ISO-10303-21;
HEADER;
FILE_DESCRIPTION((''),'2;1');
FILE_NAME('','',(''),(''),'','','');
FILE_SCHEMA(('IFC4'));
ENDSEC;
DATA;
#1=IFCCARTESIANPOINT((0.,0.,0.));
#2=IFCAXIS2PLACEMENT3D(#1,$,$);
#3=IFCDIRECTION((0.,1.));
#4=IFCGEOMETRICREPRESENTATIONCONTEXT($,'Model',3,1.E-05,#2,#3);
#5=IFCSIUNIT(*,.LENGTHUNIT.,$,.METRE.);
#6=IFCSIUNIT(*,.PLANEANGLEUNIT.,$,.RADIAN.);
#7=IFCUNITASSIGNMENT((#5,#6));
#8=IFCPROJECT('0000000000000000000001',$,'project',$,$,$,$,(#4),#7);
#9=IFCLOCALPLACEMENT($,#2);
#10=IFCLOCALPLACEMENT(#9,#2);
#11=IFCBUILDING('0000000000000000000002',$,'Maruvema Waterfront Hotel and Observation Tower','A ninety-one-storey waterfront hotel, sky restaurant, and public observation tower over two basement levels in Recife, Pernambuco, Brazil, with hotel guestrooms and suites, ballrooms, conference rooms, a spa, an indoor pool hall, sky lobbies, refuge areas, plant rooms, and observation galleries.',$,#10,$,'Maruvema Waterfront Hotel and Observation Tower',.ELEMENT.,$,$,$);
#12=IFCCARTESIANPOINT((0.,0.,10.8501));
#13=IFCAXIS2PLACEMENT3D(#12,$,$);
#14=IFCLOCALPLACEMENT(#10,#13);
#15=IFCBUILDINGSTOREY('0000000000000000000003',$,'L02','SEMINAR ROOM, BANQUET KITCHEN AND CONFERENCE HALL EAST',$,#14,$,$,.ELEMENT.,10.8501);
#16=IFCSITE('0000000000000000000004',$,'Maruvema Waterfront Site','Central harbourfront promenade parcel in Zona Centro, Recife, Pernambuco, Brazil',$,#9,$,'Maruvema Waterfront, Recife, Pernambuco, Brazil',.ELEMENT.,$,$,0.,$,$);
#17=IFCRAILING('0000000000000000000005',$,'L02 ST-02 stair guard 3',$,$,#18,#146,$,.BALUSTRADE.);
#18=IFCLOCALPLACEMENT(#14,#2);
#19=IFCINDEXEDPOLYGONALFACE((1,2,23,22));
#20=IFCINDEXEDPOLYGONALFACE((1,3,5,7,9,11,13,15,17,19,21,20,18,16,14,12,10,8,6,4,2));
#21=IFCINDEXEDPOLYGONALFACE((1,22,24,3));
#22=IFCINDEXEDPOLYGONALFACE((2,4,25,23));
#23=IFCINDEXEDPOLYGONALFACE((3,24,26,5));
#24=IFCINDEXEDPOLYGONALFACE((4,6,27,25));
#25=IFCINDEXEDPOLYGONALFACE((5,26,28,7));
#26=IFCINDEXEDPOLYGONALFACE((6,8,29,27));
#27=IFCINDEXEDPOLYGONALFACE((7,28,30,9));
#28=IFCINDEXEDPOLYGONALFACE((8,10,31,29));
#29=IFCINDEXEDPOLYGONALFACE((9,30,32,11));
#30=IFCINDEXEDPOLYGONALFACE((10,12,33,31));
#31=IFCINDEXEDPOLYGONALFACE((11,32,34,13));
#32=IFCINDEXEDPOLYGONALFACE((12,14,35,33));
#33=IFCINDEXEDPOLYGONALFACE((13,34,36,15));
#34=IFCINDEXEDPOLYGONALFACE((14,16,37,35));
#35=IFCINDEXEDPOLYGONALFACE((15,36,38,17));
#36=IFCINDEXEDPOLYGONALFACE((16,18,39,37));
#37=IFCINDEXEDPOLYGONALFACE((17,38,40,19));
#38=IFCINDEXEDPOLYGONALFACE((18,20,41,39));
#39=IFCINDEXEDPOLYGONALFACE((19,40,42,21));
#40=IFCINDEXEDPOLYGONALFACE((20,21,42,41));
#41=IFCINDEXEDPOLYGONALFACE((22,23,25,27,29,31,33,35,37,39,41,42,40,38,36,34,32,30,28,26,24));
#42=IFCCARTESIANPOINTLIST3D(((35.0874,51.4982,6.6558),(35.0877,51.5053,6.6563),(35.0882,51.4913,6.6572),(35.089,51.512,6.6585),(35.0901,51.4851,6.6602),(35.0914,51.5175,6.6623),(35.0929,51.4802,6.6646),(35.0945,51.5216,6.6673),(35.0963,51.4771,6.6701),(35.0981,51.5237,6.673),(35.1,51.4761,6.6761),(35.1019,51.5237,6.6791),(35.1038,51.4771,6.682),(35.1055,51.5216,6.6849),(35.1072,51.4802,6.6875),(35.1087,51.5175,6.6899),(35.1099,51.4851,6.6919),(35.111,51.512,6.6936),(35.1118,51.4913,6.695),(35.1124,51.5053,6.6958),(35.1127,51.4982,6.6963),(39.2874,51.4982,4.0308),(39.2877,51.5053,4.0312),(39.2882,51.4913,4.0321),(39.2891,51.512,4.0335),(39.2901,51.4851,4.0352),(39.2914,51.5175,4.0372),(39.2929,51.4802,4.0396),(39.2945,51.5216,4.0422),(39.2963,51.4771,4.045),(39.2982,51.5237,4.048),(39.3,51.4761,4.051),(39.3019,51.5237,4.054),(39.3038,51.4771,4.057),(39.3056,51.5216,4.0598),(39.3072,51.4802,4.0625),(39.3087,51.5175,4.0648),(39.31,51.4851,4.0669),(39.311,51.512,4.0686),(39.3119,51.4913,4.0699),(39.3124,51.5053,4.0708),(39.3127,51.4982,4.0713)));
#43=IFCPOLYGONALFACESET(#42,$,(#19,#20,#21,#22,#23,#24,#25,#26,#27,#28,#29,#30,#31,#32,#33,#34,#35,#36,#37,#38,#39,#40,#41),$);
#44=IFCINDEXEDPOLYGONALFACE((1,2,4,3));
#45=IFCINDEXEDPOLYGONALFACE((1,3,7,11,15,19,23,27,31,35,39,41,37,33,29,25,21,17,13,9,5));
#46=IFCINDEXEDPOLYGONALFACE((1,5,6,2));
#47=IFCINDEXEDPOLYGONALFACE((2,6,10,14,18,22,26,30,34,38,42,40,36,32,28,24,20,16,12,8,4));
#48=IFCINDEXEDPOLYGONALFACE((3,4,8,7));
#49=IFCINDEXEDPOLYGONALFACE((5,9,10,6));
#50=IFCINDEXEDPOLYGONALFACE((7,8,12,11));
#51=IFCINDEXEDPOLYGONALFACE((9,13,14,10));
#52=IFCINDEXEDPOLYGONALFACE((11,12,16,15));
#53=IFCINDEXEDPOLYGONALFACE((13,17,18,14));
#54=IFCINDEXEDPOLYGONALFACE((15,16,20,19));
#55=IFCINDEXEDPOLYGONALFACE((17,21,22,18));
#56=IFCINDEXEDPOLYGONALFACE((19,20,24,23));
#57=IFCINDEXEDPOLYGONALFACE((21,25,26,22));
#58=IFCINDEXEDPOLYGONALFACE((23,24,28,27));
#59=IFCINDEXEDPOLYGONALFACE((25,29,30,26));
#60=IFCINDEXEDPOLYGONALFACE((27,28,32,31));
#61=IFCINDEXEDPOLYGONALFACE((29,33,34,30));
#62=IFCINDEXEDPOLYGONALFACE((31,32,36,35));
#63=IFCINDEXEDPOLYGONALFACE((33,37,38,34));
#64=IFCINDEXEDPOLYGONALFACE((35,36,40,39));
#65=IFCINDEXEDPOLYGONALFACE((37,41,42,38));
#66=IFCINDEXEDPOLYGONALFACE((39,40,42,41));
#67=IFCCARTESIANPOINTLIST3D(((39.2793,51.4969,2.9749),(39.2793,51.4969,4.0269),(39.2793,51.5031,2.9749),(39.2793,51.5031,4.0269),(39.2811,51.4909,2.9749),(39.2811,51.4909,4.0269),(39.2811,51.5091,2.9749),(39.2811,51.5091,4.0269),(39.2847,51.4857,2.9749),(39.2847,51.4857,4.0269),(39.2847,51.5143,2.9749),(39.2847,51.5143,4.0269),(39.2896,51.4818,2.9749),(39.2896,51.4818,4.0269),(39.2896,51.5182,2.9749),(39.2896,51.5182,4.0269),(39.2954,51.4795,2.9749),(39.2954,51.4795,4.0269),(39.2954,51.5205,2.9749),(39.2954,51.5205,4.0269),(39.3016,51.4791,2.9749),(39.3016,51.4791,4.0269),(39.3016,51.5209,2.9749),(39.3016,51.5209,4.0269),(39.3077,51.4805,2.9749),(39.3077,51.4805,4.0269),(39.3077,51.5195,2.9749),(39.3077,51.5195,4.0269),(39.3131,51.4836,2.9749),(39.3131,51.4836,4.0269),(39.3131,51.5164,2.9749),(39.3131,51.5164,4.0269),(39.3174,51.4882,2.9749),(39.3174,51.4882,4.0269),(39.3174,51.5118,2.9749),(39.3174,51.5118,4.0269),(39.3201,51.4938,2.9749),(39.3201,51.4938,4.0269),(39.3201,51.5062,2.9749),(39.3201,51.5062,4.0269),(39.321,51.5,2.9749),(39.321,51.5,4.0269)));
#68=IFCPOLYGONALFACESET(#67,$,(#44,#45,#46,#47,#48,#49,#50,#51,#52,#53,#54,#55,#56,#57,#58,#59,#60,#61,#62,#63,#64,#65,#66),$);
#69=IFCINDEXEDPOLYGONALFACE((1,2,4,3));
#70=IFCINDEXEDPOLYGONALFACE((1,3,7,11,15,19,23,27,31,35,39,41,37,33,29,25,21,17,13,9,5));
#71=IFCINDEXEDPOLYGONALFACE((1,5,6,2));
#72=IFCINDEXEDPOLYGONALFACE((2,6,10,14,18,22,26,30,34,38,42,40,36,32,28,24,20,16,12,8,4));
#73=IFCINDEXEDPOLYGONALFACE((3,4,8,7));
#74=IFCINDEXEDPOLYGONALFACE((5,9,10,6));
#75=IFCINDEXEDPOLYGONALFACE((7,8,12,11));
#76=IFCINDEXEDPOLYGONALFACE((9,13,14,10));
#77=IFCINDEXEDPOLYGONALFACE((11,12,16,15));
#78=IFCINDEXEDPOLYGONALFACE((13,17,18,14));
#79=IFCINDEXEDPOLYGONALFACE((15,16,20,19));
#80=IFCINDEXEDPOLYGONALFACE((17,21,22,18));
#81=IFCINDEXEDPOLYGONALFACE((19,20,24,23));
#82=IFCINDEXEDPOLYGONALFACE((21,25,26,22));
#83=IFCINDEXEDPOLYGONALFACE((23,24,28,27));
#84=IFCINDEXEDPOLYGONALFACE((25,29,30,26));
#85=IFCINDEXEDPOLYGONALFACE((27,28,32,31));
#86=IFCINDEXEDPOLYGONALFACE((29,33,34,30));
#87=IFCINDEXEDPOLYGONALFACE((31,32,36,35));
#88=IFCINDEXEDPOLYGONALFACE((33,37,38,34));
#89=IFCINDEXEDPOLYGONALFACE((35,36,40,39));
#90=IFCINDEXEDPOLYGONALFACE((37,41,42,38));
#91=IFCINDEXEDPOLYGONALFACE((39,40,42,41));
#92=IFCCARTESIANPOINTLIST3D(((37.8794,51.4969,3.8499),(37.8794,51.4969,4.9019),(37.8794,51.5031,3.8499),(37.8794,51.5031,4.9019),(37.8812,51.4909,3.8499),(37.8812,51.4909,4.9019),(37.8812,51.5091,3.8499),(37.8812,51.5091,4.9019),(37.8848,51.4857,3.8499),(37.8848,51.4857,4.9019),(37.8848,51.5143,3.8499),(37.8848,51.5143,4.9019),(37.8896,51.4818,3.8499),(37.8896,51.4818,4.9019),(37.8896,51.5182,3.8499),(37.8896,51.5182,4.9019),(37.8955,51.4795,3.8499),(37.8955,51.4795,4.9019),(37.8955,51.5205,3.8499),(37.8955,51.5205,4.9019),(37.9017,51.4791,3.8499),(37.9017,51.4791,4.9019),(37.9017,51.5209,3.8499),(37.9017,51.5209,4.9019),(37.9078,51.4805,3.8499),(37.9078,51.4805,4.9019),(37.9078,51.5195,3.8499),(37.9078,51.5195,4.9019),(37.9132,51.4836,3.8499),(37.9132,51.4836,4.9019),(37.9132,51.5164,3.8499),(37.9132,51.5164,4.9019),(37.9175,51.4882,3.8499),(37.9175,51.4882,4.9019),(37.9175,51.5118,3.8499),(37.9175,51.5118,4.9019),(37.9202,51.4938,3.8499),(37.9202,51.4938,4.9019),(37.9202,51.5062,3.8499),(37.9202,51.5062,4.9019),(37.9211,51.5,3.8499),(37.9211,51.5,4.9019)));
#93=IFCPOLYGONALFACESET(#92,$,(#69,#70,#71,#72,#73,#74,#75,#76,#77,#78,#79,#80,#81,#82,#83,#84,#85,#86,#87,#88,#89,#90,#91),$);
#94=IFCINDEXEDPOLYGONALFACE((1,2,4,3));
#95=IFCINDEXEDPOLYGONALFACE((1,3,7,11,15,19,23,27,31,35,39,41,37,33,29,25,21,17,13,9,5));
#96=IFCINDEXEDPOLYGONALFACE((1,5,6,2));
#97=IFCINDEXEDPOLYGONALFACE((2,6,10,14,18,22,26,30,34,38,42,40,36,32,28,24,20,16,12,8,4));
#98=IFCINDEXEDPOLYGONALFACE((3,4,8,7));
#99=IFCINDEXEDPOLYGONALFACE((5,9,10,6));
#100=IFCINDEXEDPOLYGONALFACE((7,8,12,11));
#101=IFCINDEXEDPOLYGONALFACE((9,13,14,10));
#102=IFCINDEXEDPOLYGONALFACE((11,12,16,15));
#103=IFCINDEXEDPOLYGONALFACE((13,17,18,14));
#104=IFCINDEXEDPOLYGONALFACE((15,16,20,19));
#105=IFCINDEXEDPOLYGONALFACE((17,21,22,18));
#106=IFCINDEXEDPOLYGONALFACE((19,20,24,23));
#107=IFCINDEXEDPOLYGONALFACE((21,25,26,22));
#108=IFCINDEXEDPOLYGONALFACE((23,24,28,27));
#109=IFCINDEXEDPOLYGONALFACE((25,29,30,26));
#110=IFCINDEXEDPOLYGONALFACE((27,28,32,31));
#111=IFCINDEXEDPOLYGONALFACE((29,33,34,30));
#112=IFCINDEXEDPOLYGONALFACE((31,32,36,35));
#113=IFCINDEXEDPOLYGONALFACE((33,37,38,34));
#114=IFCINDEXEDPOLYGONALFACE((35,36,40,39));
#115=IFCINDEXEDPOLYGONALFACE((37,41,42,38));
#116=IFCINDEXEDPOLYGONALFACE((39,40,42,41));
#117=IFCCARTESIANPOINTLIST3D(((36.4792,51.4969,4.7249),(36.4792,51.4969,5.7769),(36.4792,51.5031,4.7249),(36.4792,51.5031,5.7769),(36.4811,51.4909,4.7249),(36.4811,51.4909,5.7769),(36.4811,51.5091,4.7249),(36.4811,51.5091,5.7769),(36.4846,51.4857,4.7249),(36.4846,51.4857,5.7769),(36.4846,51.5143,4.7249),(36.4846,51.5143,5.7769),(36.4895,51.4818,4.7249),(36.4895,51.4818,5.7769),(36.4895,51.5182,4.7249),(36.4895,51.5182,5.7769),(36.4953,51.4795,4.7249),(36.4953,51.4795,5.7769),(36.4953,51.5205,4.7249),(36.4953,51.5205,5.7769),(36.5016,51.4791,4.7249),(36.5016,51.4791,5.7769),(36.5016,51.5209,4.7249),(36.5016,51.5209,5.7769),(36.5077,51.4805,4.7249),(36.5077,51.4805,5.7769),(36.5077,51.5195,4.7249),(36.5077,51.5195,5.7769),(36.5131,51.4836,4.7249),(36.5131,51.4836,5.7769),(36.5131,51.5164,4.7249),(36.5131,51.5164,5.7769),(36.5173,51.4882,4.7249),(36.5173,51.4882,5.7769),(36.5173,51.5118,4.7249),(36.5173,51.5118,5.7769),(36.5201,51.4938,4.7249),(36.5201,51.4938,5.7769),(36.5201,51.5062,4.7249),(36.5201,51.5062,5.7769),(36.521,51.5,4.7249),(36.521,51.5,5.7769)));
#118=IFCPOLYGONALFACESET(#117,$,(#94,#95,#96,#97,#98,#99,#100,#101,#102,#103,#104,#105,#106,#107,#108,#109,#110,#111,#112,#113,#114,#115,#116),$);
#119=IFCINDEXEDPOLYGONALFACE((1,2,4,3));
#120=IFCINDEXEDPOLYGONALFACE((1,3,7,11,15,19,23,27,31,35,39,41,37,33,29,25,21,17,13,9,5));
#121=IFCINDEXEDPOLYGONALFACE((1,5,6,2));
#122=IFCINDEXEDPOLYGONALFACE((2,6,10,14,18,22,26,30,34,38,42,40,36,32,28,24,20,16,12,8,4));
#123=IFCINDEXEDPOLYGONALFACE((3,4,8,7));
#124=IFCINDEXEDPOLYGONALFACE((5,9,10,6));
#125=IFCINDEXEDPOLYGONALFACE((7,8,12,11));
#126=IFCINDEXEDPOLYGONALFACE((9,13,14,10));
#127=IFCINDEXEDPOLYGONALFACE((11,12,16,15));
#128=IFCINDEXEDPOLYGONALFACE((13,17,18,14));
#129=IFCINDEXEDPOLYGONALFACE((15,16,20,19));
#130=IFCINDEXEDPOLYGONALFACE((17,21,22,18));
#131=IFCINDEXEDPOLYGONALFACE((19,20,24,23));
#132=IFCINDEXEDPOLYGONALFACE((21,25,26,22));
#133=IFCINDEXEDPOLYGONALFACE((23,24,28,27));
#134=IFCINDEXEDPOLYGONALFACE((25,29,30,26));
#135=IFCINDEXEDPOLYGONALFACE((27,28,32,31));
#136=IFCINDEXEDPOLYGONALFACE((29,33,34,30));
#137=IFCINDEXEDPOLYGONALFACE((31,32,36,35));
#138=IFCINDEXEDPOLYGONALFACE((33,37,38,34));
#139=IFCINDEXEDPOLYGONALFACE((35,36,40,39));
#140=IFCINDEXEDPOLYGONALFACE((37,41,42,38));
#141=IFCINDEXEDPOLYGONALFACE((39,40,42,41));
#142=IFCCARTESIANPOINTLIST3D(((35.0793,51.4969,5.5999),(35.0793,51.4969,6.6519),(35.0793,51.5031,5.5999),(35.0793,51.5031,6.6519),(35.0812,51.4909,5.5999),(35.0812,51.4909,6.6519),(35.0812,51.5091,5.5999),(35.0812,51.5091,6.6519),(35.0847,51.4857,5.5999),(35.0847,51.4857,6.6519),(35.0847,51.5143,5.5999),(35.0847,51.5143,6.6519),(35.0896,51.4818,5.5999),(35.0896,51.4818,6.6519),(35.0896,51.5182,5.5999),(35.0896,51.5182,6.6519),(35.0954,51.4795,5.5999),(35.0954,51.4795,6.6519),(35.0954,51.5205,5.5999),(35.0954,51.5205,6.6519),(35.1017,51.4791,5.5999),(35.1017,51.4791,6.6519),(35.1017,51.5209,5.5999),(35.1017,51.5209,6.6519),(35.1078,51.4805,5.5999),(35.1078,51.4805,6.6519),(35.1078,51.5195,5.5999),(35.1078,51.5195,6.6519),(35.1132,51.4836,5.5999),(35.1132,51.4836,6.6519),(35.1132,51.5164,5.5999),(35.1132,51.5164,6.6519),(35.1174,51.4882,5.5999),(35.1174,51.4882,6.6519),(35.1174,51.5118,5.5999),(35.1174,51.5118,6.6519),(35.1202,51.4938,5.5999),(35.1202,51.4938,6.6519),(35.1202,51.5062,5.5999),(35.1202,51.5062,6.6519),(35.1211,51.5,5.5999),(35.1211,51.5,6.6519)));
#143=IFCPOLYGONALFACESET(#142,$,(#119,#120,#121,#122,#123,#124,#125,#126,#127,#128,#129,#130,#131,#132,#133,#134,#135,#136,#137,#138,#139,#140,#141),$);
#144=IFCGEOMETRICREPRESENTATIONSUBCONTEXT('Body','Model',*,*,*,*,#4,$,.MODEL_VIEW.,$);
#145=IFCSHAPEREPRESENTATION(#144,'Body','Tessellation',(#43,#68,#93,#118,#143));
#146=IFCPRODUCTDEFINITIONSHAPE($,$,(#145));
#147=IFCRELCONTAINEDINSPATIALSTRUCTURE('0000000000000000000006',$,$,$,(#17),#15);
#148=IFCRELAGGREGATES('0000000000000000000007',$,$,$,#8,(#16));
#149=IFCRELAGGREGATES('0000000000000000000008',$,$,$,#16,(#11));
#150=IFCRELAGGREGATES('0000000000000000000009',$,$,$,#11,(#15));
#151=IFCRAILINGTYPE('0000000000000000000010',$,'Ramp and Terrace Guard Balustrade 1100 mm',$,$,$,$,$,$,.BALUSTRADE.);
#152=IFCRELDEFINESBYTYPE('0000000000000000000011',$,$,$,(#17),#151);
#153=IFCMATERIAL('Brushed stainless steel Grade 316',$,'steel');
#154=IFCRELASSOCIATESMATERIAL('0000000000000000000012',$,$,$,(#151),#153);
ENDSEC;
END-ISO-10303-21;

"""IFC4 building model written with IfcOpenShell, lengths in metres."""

from ifc_helpers import new_model, si_unit, direction, frame, origin, origin_2d, place, context, subcontext, project, spatial, circle, extrude, material, type_object, element, save


model = new_model("IFC4")

# Units and contexts
model_context = context("Model", 3, precision=1e-05, world=origin(), true_north=direction((0.0, 1.0)))
body_context = subcontext(model_context, "Body", "Model", "MODEL_VIEW")
ifc_project = project(units=[si_unit("LENGTHUNIT", "METRE"), si_unit("PLANEANGLEUNIT", "RADIAN")], contexts=[model_context])

# Site, building, storey
site_placement = place(None, origin())
site = spatial("IfcSite", under=ifc_project, at=site_placement, Name="Maruvema Waterfront Site", Description="Central harbourfront promenade parcel in Zona Centro, Recife, Pernambuco, Brazil", LongName="Maruvema Waterfront, Recife, Pernambuco, Brazil", CompositionType="ELEMENT", RefElevation=0.0)
building_placement = place(site_placement, origin())
building = spatial("IfcBuilding", under=site, at=building_placement, Name="Maruvema Waterfront Hotel and Observation Tower", Description="A ninety-one-storey waterfront hotel, sky restaurant, and public observation tower over two basement levels in Recife, Pernambuco, Brazil, with hotel guestrooms and suites, ballrooms, conference rooms, a spa, an indoor pool hall, sky lobbies, refuge areas, plant rooms, and observation galleries.", LongName="Maruvema Waterfront Hotel and Observation Tower", CompositionType="ELEMENT")
storey_placement = place(building_placement, frame((0.0, 0.0, 10.8501)))
storey = spatial("IfcBuildingStorey", under=building, at=storey_placement, Name="L02", Description="SEMINAR ROOM, BANQUET KITCHEN AND CONFERENCE HALL EAST", CompositionType="ELEMENT", Elevation=10.8501)

# Railing
ifc_material_1 = material(Name="Brushed stainless steel Grade 316", Category="steel")
railing_type_1 = type_object("IfcRailingType", Name="Ramp and Terrace Guard Balustrade 1100 mm", PredefinedType="BALUSTRADE", material=ifc_material_1)
railing_1_placement = place(storey_placement, frame((39.3, 51.5, 2.9749)))
element("IfcRailing", 1, at=railing_1_placement, inside=storey, type_object=railing_type_1, Name="L02 ST-02 stair guard 3", PredefinedType="BALUSTRADE", context=body_context, shape_type="SweptSolid", body=[
    extrude(circle(Radius=0.0239, at=origin_2d()), frame((0.0, 0.0, 1.0762), z_axis=(-0.847996, 0.0, 0.530003), x_axis=(0.0, -1.0, 0.0)), (0.0, 0.0, 1.0), 4.9529),
    extrude(circle(Radius=0.021, at=origin_2d()), origin(), (0.0, 0.0, 1.0), 1.052),
    extrude(circle(Radius=0.021, at=origin_2d()), frame((-1.3999, 0.0, 0.875)), (0.0, 0.0, 1.0), 1.052),
    extrude(circle(Radius=0.021, at=origin_2d()), frame((-2.8, 0.0, 1.75)), (0.0, 0.0, 1.0), 1.052),
    extrude(circle(Radius=0.021, at=origin_2d()), frame((-4.2, 0.0, 2.625)), (0.0, 0.0, 1.0), 1.052),
])

save(model, "model.ifc")
